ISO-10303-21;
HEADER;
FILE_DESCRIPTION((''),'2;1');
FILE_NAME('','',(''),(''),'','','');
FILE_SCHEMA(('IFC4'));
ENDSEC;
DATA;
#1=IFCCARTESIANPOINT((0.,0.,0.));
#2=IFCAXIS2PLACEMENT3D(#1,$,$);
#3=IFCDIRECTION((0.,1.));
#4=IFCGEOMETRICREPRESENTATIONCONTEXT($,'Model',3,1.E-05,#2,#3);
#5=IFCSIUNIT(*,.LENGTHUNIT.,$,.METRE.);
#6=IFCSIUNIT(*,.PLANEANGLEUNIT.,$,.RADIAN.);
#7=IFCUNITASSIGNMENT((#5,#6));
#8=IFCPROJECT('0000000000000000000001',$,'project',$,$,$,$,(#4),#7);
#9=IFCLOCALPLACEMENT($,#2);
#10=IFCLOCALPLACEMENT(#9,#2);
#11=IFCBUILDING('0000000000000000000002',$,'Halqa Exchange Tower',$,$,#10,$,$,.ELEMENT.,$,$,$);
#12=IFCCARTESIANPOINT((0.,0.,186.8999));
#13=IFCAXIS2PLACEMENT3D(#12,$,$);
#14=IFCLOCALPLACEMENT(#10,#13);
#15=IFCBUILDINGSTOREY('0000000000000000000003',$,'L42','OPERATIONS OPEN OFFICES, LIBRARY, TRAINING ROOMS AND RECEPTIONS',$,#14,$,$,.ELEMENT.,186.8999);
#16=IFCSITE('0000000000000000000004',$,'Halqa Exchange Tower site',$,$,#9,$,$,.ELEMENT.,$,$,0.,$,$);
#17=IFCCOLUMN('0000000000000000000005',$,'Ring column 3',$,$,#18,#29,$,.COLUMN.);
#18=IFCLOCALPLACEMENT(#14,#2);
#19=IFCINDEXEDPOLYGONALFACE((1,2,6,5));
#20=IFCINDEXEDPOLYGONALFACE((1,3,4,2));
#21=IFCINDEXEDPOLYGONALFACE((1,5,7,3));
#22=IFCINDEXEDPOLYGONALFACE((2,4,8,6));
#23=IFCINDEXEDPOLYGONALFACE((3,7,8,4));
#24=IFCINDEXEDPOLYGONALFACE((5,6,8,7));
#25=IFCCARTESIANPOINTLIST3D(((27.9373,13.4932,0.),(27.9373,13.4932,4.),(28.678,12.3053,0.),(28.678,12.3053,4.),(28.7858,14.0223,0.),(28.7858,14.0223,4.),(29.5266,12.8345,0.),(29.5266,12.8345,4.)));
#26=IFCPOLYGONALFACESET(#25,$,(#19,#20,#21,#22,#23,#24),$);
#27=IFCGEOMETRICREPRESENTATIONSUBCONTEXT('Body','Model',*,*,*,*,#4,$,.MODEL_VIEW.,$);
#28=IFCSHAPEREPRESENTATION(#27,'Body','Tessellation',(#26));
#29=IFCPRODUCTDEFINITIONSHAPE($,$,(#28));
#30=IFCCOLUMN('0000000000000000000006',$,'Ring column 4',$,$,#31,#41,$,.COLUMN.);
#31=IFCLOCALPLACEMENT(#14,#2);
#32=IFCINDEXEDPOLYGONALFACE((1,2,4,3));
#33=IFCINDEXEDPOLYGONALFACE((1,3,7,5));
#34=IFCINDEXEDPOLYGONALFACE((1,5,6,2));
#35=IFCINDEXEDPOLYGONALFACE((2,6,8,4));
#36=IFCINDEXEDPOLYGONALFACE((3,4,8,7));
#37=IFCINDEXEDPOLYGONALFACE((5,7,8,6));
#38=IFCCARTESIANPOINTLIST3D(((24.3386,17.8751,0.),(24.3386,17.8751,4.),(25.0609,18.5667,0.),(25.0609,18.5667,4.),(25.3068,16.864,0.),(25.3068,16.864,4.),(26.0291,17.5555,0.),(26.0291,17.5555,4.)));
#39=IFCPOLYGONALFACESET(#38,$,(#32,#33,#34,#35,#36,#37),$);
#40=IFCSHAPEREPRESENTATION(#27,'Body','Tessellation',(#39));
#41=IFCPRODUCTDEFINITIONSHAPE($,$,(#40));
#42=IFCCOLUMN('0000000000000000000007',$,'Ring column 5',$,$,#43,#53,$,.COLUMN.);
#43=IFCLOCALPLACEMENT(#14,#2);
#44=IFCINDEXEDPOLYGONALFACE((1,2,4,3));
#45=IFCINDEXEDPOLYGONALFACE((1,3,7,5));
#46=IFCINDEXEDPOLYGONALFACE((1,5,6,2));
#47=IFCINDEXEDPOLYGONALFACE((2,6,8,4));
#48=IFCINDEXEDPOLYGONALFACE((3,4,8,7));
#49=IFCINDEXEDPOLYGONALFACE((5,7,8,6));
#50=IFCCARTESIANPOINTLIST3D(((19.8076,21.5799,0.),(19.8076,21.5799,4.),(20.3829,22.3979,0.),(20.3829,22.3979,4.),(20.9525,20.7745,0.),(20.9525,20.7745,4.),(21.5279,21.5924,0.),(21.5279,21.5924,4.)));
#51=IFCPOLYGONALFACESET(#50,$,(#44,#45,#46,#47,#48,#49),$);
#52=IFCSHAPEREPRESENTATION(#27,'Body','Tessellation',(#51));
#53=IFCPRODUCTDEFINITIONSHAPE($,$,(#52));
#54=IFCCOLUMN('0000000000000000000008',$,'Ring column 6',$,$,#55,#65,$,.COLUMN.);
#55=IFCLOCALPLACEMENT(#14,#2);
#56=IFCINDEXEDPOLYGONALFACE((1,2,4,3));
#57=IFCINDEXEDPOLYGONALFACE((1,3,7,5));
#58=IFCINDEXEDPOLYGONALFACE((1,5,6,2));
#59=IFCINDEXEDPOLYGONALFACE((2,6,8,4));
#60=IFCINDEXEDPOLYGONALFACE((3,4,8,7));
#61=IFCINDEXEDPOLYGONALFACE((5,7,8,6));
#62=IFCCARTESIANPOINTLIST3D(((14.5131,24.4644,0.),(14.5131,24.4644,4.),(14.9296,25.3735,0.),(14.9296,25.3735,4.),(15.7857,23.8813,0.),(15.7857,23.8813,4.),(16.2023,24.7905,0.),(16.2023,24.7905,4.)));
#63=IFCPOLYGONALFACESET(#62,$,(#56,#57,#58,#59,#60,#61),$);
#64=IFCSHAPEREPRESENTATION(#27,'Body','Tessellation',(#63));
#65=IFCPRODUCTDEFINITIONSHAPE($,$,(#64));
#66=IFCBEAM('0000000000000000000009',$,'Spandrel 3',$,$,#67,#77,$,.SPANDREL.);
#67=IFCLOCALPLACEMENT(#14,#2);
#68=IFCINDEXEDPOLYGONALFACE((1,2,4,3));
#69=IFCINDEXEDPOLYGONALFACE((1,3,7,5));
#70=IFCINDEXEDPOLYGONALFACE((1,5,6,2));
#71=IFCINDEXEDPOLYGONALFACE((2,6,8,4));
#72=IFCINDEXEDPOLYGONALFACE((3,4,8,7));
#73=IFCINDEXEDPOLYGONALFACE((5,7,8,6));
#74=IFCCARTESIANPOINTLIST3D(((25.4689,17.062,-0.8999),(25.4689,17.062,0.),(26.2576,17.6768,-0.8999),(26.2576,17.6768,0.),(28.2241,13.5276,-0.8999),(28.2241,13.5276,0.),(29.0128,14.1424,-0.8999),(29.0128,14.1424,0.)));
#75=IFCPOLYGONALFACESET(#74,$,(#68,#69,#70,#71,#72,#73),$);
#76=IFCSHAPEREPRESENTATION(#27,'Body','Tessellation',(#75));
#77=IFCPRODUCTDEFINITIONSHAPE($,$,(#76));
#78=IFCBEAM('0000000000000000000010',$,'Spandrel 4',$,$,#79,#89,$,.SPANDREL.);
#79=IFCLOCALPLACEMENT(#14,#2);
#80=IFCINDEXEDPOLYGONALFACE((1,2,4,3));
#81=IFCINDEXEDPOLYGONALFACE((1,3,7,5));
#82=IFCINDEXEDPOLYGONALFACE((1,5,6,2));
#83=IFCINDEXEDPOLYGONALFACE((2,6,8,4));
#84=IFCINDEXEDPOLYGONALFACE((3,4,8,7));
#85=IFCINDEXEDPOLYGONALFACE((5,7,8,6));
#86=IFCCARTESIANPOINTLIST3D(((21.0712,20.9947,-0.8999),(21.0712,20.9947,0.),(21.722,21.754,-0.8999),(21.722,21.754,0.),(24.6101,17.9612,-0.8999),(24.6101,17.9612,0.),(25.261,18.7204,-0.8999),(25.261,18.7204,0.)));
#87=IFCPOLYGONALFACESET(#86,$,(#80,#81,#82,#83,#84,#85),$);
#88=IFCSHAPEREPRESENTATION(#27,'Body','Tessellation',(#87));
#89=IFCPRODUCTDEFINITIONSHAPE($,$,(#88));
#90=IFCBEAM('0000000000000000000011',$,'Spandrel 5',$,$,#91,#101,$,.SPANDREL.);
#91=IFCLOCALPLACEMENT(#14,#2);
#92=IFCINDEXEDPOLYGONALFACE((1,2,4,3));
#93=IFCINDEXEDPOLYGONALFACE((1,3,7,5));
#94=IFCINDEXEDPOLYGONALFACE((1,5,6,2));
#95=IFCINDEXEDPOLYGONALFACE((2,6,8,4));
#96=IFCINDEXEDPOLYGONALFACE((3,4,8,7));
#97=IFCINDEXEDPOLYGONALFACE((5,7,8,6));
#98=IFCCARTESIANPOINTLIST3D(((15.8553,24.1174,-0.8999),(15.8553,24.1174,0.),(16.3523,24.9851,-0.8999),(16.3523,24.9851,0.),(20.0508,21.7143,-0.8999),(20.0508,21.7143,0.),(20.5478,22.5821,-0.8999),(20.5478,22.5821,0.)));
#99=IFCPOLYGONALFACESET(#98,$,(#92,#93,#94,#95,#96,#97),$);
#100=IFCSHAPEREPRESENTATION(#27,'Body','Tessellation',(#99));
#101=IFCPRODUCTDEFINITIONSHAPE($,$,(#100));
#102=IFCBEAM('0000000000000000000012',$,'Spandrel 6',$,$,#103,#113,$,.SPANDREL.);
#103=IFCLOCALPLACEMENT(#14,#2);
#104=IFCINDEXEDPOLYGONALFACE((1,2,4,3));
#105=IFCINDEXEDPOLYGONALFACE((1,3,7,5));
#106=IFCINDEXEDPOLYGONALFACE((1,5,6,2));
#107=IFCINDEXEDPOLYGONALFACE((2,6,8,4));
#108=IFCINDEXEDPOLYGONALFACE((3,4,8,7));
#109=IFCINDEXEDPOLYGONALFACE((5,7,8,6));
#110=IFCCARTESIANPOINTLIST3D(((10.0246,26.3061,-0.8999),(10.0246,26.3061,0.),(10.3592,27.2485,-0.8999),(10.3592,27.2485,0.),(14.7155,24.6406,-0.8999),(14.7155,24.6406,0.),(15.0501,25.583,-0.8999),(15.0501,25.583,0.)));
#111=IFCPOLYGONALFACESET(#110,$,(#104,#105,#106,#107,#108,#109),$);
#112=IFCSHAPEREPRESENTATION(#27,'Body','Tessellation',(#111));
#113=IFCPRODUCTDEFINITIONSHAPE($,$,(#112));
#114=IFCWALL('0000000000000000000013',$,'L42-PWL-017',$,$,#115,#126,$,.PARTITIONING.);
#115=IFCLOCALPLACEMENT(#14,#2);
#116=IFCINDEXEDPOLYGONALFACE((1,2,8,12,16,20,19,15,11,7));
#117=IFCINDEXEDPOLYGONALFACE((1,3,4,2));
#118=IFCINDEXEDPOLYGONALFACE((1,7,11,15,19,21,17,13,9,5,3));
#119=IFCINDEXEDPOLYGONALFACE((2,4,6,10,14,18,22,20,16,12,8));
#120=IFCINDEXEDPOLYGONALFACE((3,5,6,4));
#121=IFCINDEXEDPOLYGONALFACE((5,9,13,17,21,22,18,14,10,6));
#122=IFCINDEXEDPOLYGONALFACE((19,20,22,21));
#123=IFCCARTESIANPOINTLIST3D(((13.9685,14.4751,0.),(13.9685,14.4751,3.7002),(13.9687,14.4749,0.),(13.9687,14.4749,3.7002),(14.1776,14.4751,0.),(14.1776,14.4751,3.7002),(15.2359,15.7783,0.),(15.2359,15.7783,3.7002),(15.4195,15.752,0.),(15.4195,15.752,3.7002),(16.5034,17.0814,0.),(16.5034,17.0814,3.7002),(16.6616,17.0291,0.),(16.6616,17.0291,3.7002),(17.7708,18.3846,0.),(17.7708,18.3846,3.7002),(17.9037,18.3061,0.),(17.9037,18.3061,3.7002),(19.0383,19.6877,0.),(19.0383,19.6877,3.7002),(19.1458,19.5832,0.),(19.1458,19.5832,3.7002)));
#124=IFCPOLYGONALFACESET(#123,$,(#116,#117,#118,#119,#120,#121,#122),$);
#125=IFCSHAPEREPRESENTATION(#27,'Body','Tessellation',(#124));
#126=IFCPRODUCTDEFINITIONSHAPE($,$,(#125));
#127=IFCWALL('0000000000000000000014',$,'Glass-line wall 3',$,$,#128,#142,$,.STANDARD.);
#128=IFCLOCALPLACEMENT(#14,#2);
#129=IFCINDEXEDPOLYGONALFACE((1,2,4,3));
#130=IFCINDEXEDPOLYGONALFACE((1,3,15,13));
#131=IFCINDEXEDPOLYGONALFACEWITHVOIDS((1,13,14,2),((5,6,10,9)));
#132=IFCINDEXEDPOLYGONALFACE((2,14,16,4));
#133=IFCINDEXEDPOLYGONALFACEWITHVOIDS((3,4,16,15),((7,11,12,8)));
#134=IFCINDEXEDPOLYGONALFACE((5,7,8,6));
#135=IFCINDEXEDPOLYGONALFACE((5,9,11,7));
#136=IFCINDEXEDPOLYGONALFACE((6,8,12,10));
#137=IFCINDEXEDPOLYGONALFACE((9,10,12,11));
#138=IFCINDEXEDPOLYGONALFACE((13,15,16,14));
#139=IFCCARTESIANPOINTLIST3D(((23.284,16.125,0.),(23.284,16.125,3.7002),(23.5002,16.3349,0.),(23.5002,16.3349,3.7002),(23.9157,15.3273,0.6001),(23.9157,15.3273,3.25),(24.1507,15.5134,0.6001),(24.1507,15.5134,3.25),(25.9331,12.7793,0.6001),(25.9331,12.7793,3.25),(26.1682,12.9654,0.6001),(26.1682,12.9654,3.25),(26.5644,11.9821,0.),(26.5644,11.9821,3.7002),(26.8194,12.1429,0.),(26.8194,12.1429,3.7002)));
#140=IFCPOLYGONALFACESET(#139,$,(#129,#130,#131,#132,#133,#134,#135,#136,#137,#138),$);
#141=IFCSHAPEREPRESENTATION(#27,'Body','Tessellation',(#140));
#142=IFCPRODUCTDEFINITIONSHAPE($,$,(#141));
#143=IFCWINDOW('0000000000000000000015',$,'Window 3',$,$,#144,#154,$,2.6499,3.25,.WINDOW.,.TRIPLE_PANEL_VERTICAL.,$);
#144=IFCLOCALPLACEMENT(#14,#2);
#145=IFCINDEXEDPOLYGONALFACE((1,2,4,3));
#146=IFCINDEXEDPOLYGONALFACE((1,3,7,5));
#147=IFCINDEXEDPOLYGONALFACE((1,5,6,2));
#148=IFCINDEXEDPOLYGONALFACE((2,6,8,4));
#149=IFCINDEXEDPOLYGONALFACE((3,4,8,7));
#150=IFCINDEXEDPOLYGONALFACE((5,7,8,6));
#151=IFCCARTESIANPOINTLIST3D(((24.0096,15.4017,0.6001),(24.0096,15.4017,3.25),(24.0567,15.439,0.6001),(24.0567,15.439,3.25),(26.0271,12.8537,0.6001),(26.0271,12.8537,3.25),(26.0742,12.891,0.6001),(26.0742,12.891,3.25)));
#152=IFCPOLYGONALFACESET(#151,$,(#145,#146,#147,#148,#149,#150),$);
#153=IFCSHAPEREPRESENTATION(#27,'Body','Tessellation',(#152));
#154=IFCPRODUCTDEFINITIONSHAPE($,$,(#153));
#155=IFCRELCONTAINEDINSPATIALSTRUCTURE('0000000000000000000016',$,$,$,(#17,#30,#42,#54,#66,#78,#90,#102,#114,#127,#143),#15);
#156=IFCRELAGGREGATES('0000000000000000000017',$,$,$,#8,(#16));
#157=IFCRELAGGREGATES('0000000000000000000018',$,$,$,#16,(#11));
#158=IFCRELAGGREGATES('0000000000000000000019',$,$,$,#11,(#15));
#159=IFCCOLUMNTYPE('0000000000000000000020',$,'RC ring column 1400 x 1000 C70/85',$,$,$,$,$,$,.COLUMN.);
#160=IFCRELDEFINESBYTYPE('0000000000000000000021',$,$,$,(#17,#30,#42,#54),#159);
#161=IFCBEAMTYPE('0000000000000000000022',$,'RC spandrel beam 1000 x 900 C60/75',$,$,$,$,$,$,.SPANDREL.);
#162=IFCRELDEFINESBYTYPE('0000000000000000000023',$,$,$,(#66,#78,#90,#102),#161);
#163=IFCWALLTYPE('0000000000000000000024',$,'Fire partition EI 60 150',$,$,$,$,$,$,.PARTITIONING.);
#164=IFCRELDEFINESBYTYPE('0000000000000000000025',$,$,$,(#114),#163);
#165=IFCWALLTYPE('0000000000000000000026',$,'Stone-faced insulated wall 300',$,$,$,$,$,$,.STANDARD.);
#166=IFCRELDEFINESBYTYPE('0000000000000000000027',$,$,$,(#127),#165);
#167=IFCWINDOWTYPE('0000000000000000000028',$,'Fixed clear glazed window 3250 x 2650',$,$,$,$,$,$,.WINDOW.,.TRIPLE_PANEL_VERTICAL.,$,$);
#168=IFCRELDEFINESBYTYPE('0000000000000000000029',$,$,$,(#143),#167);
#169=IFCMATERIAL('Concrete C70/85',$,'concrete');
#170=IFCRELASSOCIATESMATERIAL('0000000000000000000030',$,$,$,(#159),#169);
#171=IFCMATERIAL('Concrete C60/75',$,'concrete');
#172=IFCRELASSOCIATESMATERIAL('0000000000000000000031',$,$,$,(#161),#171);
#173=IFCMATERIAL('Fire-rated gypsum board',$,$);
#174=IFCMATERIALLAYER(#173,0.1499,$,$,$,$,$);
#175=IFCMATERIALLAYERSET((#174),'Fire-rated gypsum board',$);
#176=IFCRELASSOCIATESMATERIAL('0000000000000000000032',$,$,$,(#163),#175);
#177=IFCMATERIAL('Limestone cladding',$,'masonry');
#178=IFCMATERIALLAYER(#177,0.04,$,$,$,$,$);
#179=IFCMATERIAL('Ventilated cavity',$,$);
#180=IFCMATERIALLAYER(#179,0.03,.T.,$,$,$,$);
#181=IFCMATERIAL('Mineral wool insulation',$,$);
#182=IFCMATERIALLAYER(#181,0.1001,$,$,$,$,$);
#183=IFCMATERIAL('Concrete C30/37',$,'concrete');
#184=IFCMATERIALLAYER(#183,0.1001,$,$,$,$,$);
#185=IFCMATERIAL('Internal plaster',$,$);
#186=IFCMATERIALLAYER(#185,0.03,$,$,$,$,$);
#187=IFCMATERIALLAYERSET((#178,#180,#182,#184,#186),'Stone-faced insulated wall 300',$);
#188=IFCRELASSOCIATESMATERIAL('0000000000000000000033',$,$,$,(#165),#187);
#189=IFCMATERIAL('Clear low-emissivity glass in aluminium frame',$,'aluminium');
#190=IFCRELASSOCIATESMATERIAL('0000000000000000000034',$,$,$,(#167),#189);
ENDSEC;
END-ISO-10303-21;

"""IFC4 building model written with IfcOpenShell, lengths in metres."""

from ifc_helpers import new_model, si_unit, direction, frame, frame_2d, origin, origin_2d, place, context, subcontext, project, spatial, polyline, rectangle, outline, extrude, material, layer, layer_set, material_profile, profile_set, type_object, element, fill, save


model = new_model("IFC4")

# Units and contexts
model_context = context("Model", 3, precision=1e-05, world=origin(), true_north=direction((0.0, 1.0)))
body_context = subcontext(model_context, "Body", "Model", "MODEL_VIEW")
ifc_project = project(units=[si_unit("LENGTHUNIT", "METRE"), si_unit("PLANEANGLEUNIT", "RADIAN")], contexts=[model_context])

# Site, building, storey
site_placement = place(None, origin())
site = spatial("IfcSite", under=ifc_project, at=site_placement, Name="Halqa Exchange Tower site", CompositionType="ELEMENT", RefElevation=0.0)
building_placement = place(site_placement, origin())
building = spatial("IfcBuilding", under=site, at=building_placement, Name="Halqa Exchange Tower", CompositionType="ELEMENT")
storey_placement = place(building_placement, frame((0.0, 0.0, 186.8999)))
storey = spatial("IfcBuildingStorey", under=building, at=storey_placement, Name="L42", Description="OPERATIONS OPEN OFFICES, LIBRARY, TRAINING ROOMS AND RECEPTIONS", CompositionType="ELEMENT", Elevation=186.8999)

# Columns
ifc_material_1 = material(Name="Concrete C70/85", Category="concrete")
ifc_material_profile_1 = material_profile(ifc_material_1, rectangle(XDim=1.3999, YDim=1.0, at=origin_2d()), Name="1400 x 1000")
ifc_profile_set_1 = profile_set([ifc_material_profile_1], Name="Concrete C70/85")
column_type = type_object("IfcColumnType", Name="RC ring column 1400 x 1000 C70/85", PredefinedType="COLUMN", material=ifc_profile_set_1)
for number, where, z_axis, x_axis, name in (
    (1, (28.7319, 13.1638, 0.0), (0.0, 0.0, 1.0), (-0.529145, 0.848531, 0.0), "Ring column 3"),
    (2, (25.1838, 17.7153, 0.0), (0.0, 0.0, 1.0), (-0.691576, 0.722304, 0.0), "Ring column 4"),
    (3, (20.6677, 21.5862, 0.0), (0.0, 0.0, 1.0), (-0.817906, 0.575352, 0.0), "Ring column 5"),
    (4, (15.3577, 24.6274, 0.0), (0.0, 0.0, 1.0), (-0.909126, 0.416522, 0.0), "Ring column 6"),
):
    element("IfcColumn", number, at=place(storey_placement, frame(where, z_axis=z_axis, x_axis=x_axis)), inside=storey, type_object=column_type, Name=name, PredefinedType="COLUMN", context=body_context, shape_type="SweptSolid", body=[
        extrude(rectangle(XDim=1.3999, YDim=1.0, at=origin_2d()), origin(), (0.0, 0.0, 1.0), 4.0),
    ])

# Beams
ifc_material_2 = material(Name="Concrete C60/75", Category="concrete")
ifc_material_profile_2 = material_profile(ifc_material_2, rectangle(XDim=1.0, YDim=0.8999, at=origin_2d()), Name="1000 x 900")
ifc_profile_set_2 = profile_set([ifc_material_profile_2], Name="Concrete C60/75")
beam_type = type_object("IfcBeamType", Name="RC spandrel beam 1000 x 900 C60/75", PredefinedType="SPANDREL", material=ifc_profile_set_2)
beam_1_placement = place(storey_placement, frame((28.6184, 13.835, -0.45), z_axis=(-0.614793, 0.788689, 0.0), x_axis=(-0.788689, -0.614793, 0.0)))
element("IfcBeam", 5, at=beam_1_placement, inside=storey, type_object=beam_type, Name="Spandrel 3", PredefinedType="SPANDREL", context=body_context, shape_type="SweptSolid", body=[
    extrude(rectangle(XDim=1.0, YDim=0.8999, at=origin_2d()), origin(), (0.0, 0.0, 1.0), 4.4814),
])
beam_2_placement = place(storey_placement, frame((24.9355, 18.3408, -0.45), z_axis=(-0.759238, 0.650813, 0.0), x_axis=(-0.650813, -0.759238, 0.0)))
element("IfcBeam", 6, at=beam_2_placement, inside=storey, type_object=beam_type, Name="Spandrel 4", PredefinedType="SPANDREL", context=body_context, shape_type="SweptSolid", body=[
    extrude(rectangle(XDim=1.0, YDim=0.8999, at=origin_2d()), origin(), (0.0, 0.0, 1.0), 4.6611),
])
beam_3_placement = place(storey_placement, frame((20.2993, 22.1482, -0.45), z_axis=(-0.867742, 0.497014, 0.0), x_axis=(-0.497014, -0.867742, 0.0)))
element("IfcBeam", 7, at=beam_3_placement, inside=storey, type_object=beam_type, Name="Spandrel 5", PredefinedType="SPANDREL", context=body_context, shape_type="SweptSolid", body=[
    extrude(rectangle(XDim=1.0, YDim=0.8999, at=origin_2d()), origin(), (0.0, 0.0, 1.0), 4.835),
])
beam_4_placement = place(storey_placement, frame((14.8828, 25.1118, -0.45), z_axis=(-0.942364, 0.33459, 0.0), x_axis=(-0.33459, -0.942364, 0.0)))
element("IfcBeam", 8, at=beam_4_placement, inside=storey, type_object=beam_type, Name="Spandrel 6", PredefinedType="SPANDREL", context=body_context, shape_type="SweptSolid", body=[
    extrude(rectangle(XDim=1.0, YDim=0.8999, at=origin_2d()), origin(), (0.0, 0.0, 1.0), 4.9778),
])

# Wall
ifc_material_3 = material(Name="Fire-rated gypsum board")
ifc_layer_1 = layer(ifc_material_3, 0.1499)
ifc_layer_set_1 = layer_set([ifc_layer_1], Name="Fire-rated gypsum board")
wall_type_1 = type_object("IfcWallType", Name="Fire partition EI 60 150", PredefinedType="PARTITIONING", material=ifc_layer_set_1)
wall_1_placement = place(storey_placement, frame((14.0222, 14.4229, 0.0), z_axis=(0.0, 0.0, 1.0), x_axis=(0.697218, 0.716859, 0.0)))
element("IfcWall", 9, at=wall_1_placement, inside=storey, type_object=wall_type_1, Name="L42-PWL-017", PredefinedType="PARTITIONING", context=body_context, shape_type="SweptSolid", body=[
    extrude(outline(polyline([(0.0, 0.075), (0.0, 0.0747), (0.1458, -0.075), (1.927, -0.075), (3.7085, -0.075), (5.49, -0.075), (7.2715, -0.075), (7.2715, 0.075), (5.4536, 0.075), (3.6357, 0.075), (1.8179, 0.075), (0.0, 0.075)])), origin(), (0.0, 0.0, 1.0), 3.7002),
])

# Wall, opening, window
ifc_material_4 = material(Name="Limestone cladding", Category="masonry")
ifc_layer_2 = layer(ifc_material_4, 0.04)
ifc_material_5 = material(Name="Ventilated cavity")
ifc_layer_3 = layer(ifc_material_5, 0.03, ventilated=True)
ifc_material_6 = material(Name="Mineral wool insulation")
ifc_layer_4 = layer(ifc_material_6, 0.1001)
ifc_material_7 = material(Name="Concrete C30/37", Category="concrete")
ifc_layer_5 = layer(ifc_material_7, 0.1001)
ifc_material_8 = material(Name="Internal plaster")
ifc_layer_6 = layer(ifc_material_8, 0.03)
ifc_layer_set_2 = layer_set([ifc_layer_2, ifc_layer_3, ifc_layer_4, ifc_layer_5, ifc_layer_6], Name="Stone-faced insulated wall 300")
wall_type_2 = type_object("IfcWallType", Name="Stone-faced insulated wall 300", PredefinedType="STANDARD", material=ifc_layer_set_2)
wall_2_placement = place(storey_placement, frame((26.6919, 12.0625, 0.0), z_axis=(0.0, 0.0, 1.0), x_axis=(-0.620766, 0.783996, 0.0)))
wall_2 = element("IfcWall", 10, at=wall_2_placement, inside=storey, type_object=wall_type_2, Name="Glass-line wall 3", PredefinedType="STANDARD", context=body_context, shape_type="SweptSolid", body=[
    extrude(outline(polyline([(-0.0161, -0.1499), (5.3308, -0.1499), (5.3005, 0.1499), (0.0161, 0.1499), (-0.0161, -0.1499)])), origin(), (0.0, 0.0, 1.0), 3.7002),
])
opening_1_placement = place(wall_2_placement, frame((1.033, 0.0, 0.6001)))
opening_1 = element("IfcOpeningElement", 11, at=opening_1_placement, cuts=wall_2, PredefinedType="OPENING", context=body_context, shape_type="SweptSolid", body=[
    extrude(rectangle(XDim=3.25, YDim=2.6499, at=frame_2d((1.625, 1.325))), frame((0.0, 0.1621, 0.0), z_axis=(0.0, -1.0, 0.0), x_axis=(1.0, 0.0, 0.0)), (0.0, 0.0, 1.0), 0.324),
])
ifc_material_9 = material(Name="Clear low-emissivity glass in aluminium frame", Category="aluminium")
window_type = type_object("IfcWindowType", Name="Fixed clear glazed window 3250 x 2650", PartitioningType="TRIPLE_PANEL_VERTICAL", PredefinedType="WINDOW", material=ifc_material_9)
window_1_placement = place(opening_1_placement, origin())
window_1 = element("IfcWindow", 12, at=window_1_placement, inside=storey, type_object=window_type, Name="Window 3", OverallHeight=2.6499, OverallWidth=3.25, PartitioningType="TRIPLE_PANEL_VERTICAL", PredefinedType="WINDOW", context=body_context, shape_type="SweptSolid", body=[
    extrude(rectangle(XDim=3.25, YDim=2.6499, at=frame_2d((1.625, 1.325))), frame((0.0, 0.03, 0.0), z_axis=(0.0, -1.0, 0.0), x_axis=(1.0, 0.0, 0.0)), (0.0, 0.0, 1.0), 0.0601),
])
fill(opening_1, window_1)

save(model, "model.ifc")
